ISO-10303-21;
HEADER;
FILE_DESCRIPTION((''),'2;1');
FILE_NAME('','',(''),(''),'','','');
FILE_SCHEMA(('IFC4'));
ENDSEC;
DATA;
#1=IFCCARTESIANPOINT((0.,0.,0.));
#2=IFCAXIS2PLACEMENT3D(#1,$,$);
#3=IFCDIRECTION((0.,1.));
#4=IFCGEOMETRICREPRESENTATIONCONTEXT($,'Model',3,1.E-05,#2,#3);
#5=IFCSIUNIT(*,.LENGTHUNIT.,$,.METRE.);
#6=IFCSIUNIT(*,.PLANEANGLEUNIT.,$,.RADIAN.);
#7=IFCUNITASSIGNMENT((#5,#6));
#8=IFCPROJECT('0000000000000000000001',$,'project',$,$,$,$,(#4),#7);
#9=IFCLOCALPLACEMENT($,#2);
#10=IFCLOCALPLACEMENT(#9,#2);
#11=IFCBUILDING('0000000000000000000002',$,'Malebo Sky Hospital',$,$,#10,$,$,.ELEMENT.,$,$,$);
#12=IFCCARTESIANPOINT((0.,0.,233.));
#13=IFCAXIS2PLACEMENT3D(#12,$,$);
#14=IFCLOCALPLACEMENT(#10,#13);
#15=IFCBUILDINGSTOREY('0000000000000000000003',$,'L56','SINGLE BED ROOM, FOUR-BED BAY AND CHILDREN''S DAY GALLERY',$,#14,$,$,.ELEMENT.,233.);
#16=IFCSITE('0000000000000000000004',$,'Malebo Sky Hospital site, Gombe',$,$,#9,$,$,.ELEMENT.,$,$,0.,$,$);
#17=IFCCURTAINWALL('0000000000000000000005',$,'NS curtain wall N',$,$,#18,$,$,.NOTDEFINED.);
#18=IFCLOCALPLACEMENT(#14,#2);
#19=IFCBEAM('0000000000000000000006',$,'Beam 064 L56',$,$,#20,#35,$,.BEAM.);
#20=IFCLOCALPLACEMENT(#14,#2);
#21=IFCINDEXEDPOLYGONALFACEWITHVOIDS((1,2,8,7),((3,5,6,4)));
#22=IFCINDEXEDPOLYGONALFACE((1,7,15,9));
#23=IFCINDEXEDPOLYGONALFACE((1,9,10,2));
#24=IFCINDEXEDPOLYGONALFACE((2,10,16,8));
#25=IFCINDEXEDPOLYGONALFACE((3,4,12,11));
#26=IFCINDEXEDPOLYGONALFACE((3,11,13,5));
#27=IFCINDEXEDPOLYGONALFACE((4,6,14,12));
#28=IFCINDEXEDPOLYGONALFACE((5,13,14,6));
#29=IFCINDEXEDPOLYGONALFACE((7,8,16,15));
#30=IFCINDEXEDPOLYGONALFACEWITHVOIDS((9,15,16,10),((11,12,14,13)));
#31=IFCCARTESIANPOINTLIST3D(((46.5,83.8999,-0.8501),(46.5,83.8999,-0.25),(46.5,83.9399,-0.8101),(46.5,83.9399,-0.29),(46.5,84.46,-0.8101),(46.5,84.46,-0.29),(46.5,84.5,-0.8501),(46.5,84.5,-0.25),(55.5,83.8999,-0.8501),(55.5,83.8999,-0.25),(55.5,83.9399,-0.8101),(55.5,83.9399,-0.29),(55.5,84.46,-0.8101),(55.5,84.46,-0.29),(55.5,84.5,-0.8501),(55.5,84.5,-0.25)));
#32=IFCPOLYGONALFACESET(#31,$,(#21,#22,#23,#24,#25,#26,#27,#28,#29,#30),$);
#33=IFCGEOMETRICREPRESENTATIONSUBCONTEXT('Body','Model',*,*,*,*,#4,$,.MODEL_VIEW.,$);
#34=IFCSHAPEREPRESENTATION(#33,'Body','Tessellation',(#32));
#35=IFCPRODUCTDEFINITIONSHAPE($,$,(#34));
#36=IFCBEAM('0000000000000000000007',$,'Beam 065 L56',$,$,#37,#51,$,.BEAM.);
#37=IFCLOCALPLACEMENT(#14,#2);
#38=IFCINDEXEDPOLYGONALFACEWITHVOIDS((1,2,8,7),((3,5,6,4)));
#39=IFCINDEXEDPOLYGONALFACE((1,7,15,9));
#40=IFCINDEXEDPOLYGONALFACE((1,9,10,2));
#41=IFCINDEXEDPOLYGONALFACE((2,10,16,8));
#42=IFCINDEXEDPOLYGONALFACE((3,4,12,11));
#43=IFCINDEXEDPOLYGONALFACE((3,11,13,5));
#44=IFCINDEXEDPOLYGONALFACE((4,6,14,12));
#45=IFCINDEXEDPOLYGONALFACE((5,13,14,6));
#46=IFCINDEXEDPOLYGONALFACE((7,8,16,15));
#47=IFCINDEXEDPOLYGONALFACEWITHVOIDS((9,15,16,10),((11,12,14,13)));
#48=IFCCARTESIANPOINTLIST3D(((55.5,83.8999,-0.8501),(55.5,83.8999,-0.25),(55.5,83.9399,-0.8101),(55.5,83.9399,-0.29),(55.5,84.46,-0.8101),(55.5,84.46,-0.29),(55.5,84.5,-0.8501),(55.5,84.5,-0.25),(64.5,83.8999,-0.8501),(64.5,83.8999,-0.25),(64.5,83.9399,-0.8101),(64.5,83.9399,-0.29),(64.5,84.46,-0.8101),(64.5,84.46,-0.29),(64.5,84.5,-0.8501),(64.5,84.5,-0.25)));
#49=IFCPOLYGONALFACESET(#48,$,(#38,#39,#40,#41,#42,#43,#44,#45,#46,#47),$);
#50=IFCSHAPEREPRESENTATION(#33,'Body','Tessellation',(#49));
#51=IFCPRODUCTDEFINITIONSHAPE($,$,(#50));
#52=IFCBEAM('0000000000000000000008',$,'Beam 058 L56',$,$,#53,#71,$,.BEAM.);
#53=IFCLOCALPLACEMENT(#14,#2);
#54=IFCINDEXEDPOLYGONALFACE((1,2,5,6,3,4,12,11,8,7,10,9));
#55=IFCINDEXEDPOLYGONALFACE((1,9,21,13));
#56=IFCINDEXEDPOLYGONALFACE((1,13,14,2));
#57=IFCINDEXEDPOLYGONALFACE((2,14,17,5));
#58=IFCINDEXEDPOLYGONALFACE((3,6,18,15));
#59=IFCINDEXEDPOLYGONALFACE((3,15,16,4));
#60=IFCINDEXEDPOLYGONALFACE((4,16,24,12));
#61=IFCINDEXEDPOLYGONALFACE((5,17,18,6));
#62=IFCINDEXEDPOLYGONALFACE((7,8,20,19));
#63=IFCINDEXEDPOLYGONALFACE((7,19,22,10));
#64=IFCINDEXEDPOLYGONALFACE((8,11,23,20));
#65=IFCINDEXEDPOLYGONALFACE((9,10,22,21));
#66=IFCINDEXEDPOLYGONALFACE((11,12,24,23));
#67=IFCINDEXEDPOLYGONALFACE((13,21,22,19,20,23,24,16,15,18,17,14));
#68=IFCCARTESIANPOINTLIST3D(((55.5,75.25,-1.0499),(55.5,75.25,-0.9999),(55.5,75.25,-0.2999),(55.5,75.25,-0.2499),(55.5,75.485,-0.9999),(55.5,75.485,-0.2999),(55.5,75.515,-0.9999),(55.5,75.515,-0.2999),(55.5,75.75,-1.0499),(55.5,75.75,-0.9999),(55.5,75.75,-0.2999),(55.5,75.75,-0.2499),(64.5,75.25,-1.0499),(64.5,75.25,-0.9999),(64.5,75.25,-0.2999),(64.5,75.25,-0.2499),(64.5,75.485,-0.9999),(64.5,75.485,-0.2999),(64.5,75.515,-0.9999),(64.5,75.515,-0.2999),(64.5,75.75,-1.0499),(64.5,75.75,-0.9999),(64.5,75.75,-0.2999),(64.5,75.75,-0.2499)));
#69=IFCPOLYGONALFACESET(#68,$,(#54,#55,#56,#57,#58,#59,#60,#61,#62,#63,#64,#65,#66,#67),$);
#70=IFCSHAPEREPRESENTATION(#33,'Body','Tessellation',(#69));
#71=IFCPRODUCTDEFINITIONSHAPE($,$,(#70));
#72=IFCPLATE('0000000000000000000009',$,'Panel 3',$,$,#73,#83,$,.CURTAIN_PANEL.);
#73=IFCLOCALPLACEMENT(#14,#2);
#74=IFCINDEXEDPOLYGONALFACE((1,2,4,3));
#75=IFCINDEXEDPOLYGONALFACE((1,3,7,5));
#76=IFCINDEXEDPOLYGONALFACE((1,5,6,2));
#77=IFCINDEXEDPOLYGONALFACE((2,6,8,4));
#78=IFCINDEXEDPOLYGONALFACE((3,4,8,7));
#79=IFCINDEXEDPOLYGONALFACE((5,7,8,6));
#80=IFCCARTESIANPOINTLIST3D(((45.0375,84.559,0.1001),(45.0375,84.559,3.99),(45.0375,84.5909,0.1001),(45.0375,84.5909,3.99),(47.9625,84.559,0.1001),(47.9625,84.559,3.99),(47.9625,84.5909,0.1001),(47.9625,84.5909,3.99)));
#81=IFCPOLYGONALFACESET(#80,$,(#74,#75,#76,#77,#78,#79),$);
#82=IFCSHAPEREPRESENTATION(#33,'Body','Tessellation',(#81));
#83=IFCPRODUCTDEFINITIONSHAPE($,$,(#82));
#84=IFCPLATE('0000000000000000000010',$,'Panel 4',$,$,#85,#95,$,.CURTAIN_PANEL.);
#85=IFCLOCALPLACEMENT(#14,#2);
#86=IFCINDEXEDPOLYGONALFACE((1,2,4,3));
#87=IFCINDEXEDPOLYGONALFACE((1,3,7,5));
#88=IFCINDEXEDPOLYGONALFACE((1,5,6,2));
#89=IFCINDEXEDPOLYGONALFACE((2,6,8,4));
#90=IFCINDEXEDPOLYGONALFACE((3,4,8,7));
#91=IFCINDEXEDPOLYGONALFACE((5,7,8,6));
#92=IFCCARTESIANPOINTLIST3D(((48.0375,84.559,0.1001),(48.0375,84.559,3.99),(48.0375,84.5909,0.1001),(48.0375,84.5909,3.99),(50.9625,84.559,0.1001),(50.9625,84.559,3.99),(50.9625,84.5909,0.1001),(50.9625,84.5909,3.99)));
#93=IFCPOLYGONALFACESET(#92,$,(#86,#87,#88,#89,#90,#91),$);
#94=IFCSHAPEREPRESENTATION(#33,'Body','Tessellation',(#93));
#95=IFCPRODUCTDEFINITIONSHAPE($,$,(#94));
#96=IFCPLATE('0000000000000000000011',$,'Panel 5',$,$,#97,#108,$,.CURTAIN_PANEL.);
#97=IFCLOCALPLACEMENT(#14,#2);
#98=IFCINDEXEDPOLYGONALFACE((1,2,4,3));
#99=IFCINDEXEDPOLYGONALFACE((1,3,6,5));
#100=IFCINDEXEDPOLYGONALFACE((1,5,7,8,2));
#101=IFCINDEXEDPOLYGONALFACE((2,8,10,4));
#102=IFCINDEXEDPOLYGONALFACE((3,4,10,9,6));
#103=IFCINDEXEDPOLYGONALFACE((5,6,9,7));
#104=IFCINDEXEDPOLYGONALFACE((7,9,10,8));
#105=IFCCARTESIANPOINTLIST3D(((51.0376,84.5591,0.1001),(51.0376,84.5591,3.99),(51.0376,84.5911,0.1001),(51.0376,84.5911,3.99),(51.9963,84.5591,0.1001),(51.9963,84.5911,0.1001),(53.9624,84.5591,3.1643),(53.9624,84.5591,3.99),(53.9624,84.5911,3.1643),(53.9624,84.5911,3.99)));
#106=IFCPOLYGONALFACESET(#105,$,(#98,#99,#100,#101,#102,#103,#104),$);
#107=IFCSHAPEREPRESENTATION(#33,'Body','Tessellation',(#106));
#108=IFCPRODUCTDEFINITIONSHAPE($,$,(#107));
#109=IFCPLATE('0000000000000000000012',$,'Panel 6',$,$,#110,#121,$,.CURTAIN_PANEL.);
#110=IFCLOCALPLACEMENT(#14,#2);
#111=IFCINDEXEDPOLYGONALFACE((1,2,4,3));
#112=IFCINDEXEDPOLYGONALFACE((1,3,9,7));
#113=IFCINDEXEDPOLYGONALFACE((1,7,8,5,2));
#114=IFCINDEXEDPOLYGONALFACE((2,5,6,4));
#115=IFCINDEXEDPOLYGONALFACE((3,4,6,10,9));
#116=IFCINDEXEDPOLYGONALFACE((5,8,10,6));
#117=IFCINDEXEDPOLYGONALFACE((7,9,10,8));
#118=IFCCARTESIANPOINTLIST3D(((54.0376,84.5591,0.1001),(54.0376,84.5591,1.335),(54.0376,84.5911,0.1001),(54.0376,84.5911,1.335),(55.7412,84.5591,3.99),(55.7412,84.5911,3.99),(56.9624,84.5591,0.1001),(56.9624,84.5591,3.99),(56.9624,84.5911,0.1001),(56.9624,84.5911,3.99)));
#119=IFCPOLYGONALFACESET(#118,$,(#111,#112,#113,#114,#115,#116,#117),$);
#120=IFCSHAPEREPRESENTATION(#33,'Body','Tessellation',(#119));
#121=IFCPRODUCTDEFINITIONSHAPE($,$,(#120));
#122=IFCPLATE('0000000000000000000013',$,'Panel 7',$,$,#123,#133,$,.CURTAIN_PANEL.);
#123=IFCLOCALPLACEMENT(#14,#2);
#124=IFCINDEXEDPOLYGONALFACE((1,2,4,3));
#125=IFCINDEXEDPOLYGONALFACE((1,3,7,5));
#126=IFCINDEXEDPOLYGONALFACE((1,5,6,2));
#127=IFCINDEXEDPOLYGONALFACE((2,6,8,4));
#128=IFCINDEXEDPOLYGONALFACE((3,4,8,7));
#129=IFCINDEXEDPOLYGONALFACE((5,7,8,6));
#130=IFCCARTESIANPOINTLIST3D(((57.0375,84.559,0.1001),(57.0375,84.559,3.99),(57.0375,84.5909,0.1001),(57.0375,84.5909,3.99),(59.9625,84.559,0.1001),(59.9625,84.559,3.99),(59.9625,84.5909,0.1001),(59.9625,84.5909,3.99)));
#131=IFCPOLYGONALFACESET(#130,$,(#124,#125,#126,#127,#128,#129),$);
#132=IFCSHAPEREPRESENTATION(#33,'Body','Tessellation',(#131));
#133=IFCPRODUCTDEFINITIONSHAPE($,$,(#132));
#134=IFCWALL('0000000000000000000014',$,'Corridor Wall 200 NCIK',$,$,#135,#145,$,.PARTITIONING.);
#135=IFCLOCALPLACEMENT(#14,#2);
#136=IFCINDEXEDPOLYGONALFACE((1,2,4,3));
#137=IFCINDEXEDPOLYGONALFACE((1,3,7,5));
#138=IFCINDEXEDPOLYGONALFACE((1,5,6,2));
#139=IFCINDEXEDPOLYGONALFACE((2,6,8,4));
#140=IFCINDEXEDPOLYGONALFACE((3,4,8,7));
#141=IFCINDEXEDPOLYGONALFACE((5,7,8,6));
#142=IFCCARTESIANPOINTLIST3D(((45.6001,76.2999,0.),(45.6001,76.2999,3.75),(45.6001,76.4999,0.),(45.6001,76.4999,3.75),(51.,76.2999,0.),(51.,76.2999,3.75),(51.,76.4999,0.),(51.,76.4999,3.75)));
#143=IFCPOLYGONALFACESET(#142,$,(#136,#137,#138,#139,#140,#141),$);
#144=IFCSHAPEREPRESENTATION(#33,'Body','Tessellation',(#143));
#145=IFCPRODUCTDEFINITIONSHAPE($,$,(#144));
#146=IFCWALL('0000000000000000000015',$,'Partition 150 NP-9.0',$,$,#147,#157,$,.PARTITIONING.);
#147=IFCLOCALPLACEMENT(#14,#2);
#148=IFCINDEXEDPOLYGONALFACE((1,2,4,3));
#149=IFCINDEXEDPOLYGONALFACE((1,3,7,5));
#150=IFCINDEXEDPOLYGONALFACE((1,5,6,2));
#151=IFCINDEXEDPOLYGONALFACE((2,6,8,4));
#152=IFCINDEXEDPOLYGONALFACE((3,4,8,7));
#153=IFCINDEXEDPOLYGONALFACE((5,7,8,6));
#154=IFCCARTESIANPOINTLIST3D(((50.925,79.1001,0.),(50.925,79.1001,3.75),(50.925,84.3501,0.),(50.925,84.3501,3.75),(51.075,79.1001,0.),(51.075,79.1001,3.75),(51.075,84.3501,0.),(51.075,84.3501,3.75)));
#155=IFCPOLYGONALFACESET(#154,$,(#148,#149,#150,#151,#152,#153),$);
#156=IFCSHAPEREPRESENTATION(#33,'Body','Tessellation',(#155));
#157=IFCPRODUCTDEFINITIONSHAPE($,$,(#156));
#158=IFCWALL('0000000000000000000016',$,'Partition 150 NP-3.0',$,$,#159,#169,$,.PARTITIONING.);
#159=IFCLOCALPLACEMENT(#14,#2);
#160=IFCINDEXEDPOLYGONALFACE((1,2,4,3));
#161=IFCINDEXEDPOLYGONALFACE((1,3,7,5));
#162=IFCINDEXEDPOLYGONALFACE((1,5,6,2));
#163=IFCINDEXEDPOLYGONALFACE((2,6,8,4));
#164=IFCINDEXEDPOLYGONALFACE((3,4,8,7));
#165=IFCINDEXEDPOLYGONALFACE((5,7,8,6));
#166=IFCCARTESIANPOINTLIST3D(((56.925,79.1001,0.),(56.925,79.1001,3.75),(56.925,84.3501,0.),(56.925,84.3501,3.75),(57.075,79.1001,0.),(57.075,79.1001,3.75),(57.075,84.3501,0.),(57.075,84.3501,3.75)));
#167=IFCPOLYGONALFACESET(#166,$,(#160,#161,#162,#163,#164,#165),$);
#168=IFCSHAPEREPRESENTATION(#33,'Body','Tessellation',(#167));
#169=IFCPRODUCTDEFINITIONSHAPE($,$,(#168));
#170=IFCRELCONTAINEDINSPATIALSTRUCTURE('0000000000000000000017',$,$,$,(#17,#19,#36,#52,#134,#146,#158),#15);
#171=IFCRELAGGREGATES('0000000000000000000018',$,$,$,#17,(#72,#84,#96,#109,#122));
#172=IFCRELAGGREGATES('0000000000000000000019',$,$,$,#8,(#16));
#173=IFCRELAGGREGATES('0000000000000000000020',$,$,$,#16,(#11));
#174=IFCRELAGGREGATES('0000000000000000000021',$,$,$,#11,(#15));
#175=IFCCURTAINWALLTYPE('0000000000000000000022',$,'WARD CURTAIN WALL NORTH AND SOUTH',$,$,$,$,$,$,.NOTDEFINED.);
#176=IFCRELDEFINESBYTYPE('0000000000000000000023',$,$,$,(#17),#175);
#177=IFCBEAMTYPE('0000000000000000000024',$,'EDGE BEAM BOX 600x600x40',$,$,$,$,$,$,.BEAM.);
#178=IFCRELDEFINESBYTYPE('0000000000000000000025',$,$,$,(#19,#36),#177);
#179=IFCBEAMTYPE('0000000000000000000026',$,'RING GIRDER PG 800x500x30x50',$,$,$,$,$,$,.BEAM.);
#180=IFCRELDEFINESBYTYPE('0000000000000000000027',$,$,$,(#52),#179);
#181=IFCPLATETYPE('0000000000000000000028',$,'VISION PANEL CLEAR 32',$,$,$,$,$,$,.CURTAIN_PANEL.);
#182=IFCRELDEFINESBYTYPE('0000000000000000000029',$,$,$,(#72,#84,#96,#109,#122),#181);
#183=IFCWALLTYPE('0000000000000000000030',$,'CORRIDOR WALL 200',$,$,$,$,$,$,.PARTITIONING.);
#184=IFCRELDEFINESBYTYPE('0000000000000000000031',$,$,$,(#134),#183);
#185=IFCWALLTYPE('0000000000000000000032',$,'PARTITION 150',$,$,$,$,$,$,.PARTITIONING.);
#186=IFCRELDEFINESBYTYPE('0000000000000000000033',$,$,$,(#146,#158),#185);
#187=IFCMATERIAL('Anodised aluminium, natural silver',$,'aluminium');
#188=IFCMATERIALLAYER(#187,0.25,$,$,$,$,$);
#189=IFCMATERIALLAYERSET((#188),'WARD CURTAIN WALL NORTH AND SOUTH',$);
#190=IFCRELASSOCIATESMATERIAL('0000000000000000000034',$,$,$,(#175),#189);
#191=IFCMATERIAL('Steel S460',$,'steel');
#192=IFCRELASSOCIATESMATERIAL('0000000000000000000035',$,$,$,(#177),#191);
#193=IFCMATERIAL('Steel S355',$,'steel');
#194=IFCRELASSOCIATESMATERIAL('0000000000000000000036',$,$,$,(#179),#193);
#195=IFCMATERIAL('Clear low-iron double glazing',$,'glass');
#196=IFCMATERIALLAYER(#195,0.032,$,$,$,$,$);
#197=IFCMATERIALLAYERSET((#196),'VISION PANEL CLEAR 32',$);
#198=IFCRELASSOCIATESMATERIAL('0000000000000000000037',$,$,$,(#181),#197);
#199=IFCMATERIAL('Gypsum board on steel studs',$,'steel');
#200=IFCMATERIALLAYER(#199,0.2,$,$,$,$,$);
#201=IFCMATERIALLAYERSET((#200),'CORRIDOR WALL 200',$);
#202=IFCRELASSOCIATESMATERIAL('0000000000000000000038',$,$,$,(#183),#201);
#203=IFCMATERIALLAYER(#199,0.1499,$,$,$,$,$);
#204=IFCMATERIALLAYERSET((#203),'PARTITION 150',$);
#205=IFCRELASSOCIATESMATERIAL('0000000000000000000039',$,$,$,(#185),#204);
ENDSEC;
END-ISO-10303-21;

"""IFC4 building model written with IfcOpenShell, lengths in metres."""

from ifc_helpers import new_model, si_unit, direction, frame, frame_2d, origin, origin_2d, place, context, subcontext, project, spatial, polyline, rectangle, hollow_rectangle, i_section, outline, extrude, material, layer, layer_set, material_profile, profile_set, type_object, element, aggregate, save


model = new_model("IFC4")

# Units and contexts
model_context = context("Model", 3, precision=1e-05, world=origin(), true_north=direction((0.0, 1.0)))
body_context = subcontext(model_context, "Body", "Model", "MODEL_VIEW")
ifc_project = project(units=[si_unit("LENGTHUNIT", "METRE"), si_unit("PLANEANGLEUNIT", "RADIAN")], contexts=[model_context])

# Site, building, storey
site_placement = place(None, origin())
site = spatial("IfcSite", under=ifc_project, at=site_placement, Name="Malebo Sky Hospital site, Gombe", CompositionType="ELEMENT", RefElevation=0.0)
building_placement = place(site_placement, origin())
building = spatial("IfcBuilding", under=site, at=building_placement, Name="Malebo Sky Hospital", CompositionType="ELEMENT")
storey_placement = place(building_placement, frame((0.0, 0.0, 233.0)))
storey = spatial("IfcBuildingStorey", under=building, at=storey_placement, Name="L56", Description="SINGLE BED ROOM, FOUR-BED BAY AND CHILDREN'S DAY GALLERY", CompositionType="ELEMENT", Elevation=233.0)

# Shared definitions
ifc_material_1 = material(Name="Steel S460", Category="steel")

# Curtain wall
ifc_material_2 = material(Name="Anodised aluminium, natural silver", Category="aluminium")
ifc_layer_1 = layer(ifc_material_2, 0.25)
ifc_layer_set_1 = layer_set([ifc_layer_1], Name="WARD CURTAIN WALL NORTH AND SOUTH")
curtain_wall_type = type_object("IfcCurtainWallType", Name="WARD CURTAIN WALL NORTH AND SOUTH", PredefinedType="NOTDEFINED", material=ifc_layer_set_1)
curtain_wall_placement = place(storey_placement, origin())
curtain_wall = element("IfcCurtainWall", 1, at=curtain_wall_placement, inside=storey, type_object=curtain_wall_type, Name="NS curtain wall N", PredefinedType="NOTDEFINED")

# Shared definitions
ifc_material_3 = material(Name="Steel S355", Category="steel")

# Beams
ifc_material_profile_1 = material_profile(ifc_material_1, hollow_rectangle(XDim=0.6001, YDim=0.6001, WallThickness=0.04, at=origin_2d()), Name="BOX 600x600x40")
ifc_profile_set_1 = profile_set([ifc_material_profile_1], Name="Steel S460")
beam_type_1 = type_object("IfcBeamType", Name="EDGE BEAM BOX 600x600x40", PredefinedType="BEAM", material=ifc_profile_set_1)
for number, where, z_axis, x_axis, name in (
    (2, (46.5, 84.2, -0.55), (1.0, 0.0, 0.0), (0.0, 1.0, 0.0), "Beam 064 L56"),
    (3, (55.5, 84.2, -0.55), (1.0, 0.0, 0.0), (0.0, 1.0, 0.0), "Beam 065 L56"),
):
    element("IfcBeam", number, at=place(storey_placement, frame(where, z_axis=z_axis, x_axis=x_axis)), inside=storey, type_object=beam_type_1, Name=name, PredefinedType="BEAM", context=body_context, shape_type="SweptSolid", body=[
        extrude(hollow_rectangle(XDim=0.6001, YDim=0.6001, WallThickness=0.04, at=origin_2d()), origin(), (0.0, 0.0, 1.0), 9.0),
    ])
ifc_material_profile_2 = material_profile(ifc_material_3, i_section(OverallWidth=0.5, OverallDepth=0.8, WebThickness=0.03, FlangeThickness=0.05, at=origin_2d()), Name="PG 800x500x30x50")
ifc_profile_set_2 = profile_set([ifc_material_profile_2], Name="Steel S355")
beam_type_2 = type_object("IfcBeamType", Name="RING GIRDER PG 800x500x30x50", PredefinedType="BEAM", material=ifc_profile_set_2)
beam_placement = place(storey_placement, frame((55.5, 75.5, -0.6499), z_axis=(1.0, 0.0, 0.0), x_axis=(0.0, 1.0, 0.0)))
element("IfcBeam", 4, at=beam_placement, inside=storey, type_object=beam_type_2, Name="Beam 058 L56", PredefinedType="BEAM", context=body_context, shape_type="SweptSolid", body=[
    extrude(i_section(OverallWidth=0.5, OverallDepth=0.8, WebThickness=0.03, FlangeThickness=0.05, at=origin_2d()), origin(), (0.0, 0.0, 1.0), 9.0),
])

# Plates
ifc_material_4 = material(Name="Clear low-iron double glazing", Category="glass")
ifc_layer_2 = layer(ifc_material_4, 0.032)
ifc_layer_set_2 = layer_set([ifc_layer_2], Name="VISION PANEL CLEAR 32")
plate_type = type_object("IfcPlateType", Name="VISION PANEL CLEAR 32", PredefinedType="CURTAIN_PANEL", material=ifc_layer_set_2)
plate_1_placement = place(storey_placement, frame((46.5, 84.575, 0.1001), z_axis=(0.0, 0.0, 1.0), x_axis=(1.0, 0.0, 0.0)))
plate_1 = element("IfcPlate", 5, at=plate_1_placement, type_object=plate_type, Name="Panel 3", PredefinedType="CURTAIN_PANEL", context=body_context, shape_type="SweptSolid", body=[
    extrude(rectangle(XDim=2.925, YDim=0.032, at=origin_2d()), origin(), (0.0, 0.0, 1.0), 3.8899),
])
plate_2_placement = place(storey_placement, frame((49.5, 84.575, 0.1001), z_axis=(0.0, 0.0, 1.0), x_axis=(1.0, 0.0, 0.0)))
plate_2 = element("IfcPlate", 6, at=plate_2_placement, type_object=plate_type, Name="Panel 4", PredefinedType="CURTAIN_PANEL", context=body_context, shape_type="SweptSolid", body=[
    extrude(rectangle(XDim=2.925, YDim=0.032, at=origin_2d()), origin(), (0.0, 0.0, 1.0), 3.8899),
])
plate_3_placement = place(storey_placement, frame((52.5, 84.575, 0.1001), z_axis=(0.0, 0.0, 1.0), x_axis=(1.0, 0.0, 0.0)))
plate_3 = element("IfcPlate", 7, at=plate_3_placement, type_object=plate_type, Name="Panel 5", PredefinedType="CURTAIN_PANEL", context=body_context, shape_type="SweptSolid", body=[
    extrude(outline(polyline([(-1.4624, 0.0), (-0.5037, 0.0), (1.4624, 3.0642), (1.4624, 3.8899), (-1.4624, 3.8899), (-1.4624, 0.0)])), frame((0.0, 0.0161, 0.0), z_axis=(0.0, -1.0, 0.0), x_axis=(1.0, 0.0, 0.0)), (0.0, 0.0, 1.0), 0.032),
])
plate_4_placement = place(storey_placement, frame((55.5, 84.575, 0.1001), z_axis=(0.0, 0.0, 1.0), x_axis=(1.0, 0.0, 0.0)))
plate_4 = element("IfcPlate", 8, at=plate_4_placement, type_object=plate_type, Name="Panel 6", PredefinedType="CURTAIN_PANEL", context=body_context, shape_type="SweptSolid", body=[
    extrude(outline(polyline([(-1.4624, 0.0), (1.4624, 0.0), (1.4624, 3.8899), (0.2412, 3.8899), (-1.4624, 1.2349), (-1.4624, 0.0)])), frame((0.0, 0.0161, 0.0), z_axis=(0.0, -1.0, 0.0), x_axis=(1.0, 0.0, 0.0)), (0.0, 0.0, 1.0), 0.032),
])
plate_5_placement = place(storey_placement, frame((58.5, 84.575, 0.1001), z_axis=(0.0, 0.0, 1.0), x_axis=(1.0, 0.0, 0.0)))
plate_5 = element("IfcPlate", 9, at=plate_5_placement, type_object=plate_type, Name="Panel 7", PredefinedType="CURTAIN_PANEL", context=body_context, shape_type="SweptSolid", body=[
    extrude(rectangle(XDim=2.925, YDim=0.032, at=origin_2d()), origin(), (0.0, 0.0, 1.0), 3.8899),
])
aggregate(curtain_wall, [plate_1, plate_2, plate_3, plate_4, plate_5])

# Walls
ifc_material_5 = material(Name="Gypsum board on steel studs", Category="steel")
ifc_layer_3 = layer(ifc_material_5, 0.2)
ifc_layer_set_3 = layer_set([ifc_layer_3], Name="CORRIDOR WALL 200")
wall_type_1 = type_object("IfcWallType", Name="CORRIDOR WALL 200", PredefinedType="PARTITIONING", material=ifc_layer_set_3)
wall_1_placement = place(storey_placement, frame((45.6001, 76.3999, 0.0), z_axis=(0.0, 0.0, 1.0), x_axis=(1.0, 0.0, 0.0)))
element("IfcWall", 10, at=wall_1_placement, inside=storey, type_object=wall_type_1, Name="Corridor Wall 200 NCIK", PredefinedType="PARTITIONING", context=body_context, shape_type="SweptSolid", body=[
    extrude(rectangle(XDim=5.3999, YDim=0.2, at=frame_2d((2.7, 0.0))), origin(), (0.0, 0.0, 1.0), 3.75),
])
ifc_layer_4 = layer(ifc_material_5, 0.1499)
ifc_layer_set_4 = layer_set([ifc_layer_4], Name="PARTITION 150")
wall_type_2 = type_object("IfcWallType", Name="PARTITION 150", PredefinedType="PARTITIONING", material=ifc_layer_set_4)
for number, where, z_axis, x_axis, name in (
    (11, (51.0, 79.1001, 0.0), (0.0, 0.0, 1.0), (0.0, 1.0, 0.0), "Partition 150 NP-9.0"),
    (12, (57.0, 79.1001, 0.0), (0.0, 0.0, 1.0), (0.0, 1.0, 0.0), "Partition 150 NP-3.0"),
):
    element("IfcWall", number, at=place(storey_placement, frame(where, z_axis=z_axis, x_axis=x_axis)), inside=storey, type_object=wall_type_2, Name=name, PredefinedType="PARTITIONING", context=body_context, shape_type="SweptSolid", body=[
        extrude(rectangle(XDim=5.25, YDim=0.1499, at=frame_2d((2.625, 0.0))), origin(), (0.0, 0.0, 1.0), 3.75),
    ])

save(model, "model.ifc")
